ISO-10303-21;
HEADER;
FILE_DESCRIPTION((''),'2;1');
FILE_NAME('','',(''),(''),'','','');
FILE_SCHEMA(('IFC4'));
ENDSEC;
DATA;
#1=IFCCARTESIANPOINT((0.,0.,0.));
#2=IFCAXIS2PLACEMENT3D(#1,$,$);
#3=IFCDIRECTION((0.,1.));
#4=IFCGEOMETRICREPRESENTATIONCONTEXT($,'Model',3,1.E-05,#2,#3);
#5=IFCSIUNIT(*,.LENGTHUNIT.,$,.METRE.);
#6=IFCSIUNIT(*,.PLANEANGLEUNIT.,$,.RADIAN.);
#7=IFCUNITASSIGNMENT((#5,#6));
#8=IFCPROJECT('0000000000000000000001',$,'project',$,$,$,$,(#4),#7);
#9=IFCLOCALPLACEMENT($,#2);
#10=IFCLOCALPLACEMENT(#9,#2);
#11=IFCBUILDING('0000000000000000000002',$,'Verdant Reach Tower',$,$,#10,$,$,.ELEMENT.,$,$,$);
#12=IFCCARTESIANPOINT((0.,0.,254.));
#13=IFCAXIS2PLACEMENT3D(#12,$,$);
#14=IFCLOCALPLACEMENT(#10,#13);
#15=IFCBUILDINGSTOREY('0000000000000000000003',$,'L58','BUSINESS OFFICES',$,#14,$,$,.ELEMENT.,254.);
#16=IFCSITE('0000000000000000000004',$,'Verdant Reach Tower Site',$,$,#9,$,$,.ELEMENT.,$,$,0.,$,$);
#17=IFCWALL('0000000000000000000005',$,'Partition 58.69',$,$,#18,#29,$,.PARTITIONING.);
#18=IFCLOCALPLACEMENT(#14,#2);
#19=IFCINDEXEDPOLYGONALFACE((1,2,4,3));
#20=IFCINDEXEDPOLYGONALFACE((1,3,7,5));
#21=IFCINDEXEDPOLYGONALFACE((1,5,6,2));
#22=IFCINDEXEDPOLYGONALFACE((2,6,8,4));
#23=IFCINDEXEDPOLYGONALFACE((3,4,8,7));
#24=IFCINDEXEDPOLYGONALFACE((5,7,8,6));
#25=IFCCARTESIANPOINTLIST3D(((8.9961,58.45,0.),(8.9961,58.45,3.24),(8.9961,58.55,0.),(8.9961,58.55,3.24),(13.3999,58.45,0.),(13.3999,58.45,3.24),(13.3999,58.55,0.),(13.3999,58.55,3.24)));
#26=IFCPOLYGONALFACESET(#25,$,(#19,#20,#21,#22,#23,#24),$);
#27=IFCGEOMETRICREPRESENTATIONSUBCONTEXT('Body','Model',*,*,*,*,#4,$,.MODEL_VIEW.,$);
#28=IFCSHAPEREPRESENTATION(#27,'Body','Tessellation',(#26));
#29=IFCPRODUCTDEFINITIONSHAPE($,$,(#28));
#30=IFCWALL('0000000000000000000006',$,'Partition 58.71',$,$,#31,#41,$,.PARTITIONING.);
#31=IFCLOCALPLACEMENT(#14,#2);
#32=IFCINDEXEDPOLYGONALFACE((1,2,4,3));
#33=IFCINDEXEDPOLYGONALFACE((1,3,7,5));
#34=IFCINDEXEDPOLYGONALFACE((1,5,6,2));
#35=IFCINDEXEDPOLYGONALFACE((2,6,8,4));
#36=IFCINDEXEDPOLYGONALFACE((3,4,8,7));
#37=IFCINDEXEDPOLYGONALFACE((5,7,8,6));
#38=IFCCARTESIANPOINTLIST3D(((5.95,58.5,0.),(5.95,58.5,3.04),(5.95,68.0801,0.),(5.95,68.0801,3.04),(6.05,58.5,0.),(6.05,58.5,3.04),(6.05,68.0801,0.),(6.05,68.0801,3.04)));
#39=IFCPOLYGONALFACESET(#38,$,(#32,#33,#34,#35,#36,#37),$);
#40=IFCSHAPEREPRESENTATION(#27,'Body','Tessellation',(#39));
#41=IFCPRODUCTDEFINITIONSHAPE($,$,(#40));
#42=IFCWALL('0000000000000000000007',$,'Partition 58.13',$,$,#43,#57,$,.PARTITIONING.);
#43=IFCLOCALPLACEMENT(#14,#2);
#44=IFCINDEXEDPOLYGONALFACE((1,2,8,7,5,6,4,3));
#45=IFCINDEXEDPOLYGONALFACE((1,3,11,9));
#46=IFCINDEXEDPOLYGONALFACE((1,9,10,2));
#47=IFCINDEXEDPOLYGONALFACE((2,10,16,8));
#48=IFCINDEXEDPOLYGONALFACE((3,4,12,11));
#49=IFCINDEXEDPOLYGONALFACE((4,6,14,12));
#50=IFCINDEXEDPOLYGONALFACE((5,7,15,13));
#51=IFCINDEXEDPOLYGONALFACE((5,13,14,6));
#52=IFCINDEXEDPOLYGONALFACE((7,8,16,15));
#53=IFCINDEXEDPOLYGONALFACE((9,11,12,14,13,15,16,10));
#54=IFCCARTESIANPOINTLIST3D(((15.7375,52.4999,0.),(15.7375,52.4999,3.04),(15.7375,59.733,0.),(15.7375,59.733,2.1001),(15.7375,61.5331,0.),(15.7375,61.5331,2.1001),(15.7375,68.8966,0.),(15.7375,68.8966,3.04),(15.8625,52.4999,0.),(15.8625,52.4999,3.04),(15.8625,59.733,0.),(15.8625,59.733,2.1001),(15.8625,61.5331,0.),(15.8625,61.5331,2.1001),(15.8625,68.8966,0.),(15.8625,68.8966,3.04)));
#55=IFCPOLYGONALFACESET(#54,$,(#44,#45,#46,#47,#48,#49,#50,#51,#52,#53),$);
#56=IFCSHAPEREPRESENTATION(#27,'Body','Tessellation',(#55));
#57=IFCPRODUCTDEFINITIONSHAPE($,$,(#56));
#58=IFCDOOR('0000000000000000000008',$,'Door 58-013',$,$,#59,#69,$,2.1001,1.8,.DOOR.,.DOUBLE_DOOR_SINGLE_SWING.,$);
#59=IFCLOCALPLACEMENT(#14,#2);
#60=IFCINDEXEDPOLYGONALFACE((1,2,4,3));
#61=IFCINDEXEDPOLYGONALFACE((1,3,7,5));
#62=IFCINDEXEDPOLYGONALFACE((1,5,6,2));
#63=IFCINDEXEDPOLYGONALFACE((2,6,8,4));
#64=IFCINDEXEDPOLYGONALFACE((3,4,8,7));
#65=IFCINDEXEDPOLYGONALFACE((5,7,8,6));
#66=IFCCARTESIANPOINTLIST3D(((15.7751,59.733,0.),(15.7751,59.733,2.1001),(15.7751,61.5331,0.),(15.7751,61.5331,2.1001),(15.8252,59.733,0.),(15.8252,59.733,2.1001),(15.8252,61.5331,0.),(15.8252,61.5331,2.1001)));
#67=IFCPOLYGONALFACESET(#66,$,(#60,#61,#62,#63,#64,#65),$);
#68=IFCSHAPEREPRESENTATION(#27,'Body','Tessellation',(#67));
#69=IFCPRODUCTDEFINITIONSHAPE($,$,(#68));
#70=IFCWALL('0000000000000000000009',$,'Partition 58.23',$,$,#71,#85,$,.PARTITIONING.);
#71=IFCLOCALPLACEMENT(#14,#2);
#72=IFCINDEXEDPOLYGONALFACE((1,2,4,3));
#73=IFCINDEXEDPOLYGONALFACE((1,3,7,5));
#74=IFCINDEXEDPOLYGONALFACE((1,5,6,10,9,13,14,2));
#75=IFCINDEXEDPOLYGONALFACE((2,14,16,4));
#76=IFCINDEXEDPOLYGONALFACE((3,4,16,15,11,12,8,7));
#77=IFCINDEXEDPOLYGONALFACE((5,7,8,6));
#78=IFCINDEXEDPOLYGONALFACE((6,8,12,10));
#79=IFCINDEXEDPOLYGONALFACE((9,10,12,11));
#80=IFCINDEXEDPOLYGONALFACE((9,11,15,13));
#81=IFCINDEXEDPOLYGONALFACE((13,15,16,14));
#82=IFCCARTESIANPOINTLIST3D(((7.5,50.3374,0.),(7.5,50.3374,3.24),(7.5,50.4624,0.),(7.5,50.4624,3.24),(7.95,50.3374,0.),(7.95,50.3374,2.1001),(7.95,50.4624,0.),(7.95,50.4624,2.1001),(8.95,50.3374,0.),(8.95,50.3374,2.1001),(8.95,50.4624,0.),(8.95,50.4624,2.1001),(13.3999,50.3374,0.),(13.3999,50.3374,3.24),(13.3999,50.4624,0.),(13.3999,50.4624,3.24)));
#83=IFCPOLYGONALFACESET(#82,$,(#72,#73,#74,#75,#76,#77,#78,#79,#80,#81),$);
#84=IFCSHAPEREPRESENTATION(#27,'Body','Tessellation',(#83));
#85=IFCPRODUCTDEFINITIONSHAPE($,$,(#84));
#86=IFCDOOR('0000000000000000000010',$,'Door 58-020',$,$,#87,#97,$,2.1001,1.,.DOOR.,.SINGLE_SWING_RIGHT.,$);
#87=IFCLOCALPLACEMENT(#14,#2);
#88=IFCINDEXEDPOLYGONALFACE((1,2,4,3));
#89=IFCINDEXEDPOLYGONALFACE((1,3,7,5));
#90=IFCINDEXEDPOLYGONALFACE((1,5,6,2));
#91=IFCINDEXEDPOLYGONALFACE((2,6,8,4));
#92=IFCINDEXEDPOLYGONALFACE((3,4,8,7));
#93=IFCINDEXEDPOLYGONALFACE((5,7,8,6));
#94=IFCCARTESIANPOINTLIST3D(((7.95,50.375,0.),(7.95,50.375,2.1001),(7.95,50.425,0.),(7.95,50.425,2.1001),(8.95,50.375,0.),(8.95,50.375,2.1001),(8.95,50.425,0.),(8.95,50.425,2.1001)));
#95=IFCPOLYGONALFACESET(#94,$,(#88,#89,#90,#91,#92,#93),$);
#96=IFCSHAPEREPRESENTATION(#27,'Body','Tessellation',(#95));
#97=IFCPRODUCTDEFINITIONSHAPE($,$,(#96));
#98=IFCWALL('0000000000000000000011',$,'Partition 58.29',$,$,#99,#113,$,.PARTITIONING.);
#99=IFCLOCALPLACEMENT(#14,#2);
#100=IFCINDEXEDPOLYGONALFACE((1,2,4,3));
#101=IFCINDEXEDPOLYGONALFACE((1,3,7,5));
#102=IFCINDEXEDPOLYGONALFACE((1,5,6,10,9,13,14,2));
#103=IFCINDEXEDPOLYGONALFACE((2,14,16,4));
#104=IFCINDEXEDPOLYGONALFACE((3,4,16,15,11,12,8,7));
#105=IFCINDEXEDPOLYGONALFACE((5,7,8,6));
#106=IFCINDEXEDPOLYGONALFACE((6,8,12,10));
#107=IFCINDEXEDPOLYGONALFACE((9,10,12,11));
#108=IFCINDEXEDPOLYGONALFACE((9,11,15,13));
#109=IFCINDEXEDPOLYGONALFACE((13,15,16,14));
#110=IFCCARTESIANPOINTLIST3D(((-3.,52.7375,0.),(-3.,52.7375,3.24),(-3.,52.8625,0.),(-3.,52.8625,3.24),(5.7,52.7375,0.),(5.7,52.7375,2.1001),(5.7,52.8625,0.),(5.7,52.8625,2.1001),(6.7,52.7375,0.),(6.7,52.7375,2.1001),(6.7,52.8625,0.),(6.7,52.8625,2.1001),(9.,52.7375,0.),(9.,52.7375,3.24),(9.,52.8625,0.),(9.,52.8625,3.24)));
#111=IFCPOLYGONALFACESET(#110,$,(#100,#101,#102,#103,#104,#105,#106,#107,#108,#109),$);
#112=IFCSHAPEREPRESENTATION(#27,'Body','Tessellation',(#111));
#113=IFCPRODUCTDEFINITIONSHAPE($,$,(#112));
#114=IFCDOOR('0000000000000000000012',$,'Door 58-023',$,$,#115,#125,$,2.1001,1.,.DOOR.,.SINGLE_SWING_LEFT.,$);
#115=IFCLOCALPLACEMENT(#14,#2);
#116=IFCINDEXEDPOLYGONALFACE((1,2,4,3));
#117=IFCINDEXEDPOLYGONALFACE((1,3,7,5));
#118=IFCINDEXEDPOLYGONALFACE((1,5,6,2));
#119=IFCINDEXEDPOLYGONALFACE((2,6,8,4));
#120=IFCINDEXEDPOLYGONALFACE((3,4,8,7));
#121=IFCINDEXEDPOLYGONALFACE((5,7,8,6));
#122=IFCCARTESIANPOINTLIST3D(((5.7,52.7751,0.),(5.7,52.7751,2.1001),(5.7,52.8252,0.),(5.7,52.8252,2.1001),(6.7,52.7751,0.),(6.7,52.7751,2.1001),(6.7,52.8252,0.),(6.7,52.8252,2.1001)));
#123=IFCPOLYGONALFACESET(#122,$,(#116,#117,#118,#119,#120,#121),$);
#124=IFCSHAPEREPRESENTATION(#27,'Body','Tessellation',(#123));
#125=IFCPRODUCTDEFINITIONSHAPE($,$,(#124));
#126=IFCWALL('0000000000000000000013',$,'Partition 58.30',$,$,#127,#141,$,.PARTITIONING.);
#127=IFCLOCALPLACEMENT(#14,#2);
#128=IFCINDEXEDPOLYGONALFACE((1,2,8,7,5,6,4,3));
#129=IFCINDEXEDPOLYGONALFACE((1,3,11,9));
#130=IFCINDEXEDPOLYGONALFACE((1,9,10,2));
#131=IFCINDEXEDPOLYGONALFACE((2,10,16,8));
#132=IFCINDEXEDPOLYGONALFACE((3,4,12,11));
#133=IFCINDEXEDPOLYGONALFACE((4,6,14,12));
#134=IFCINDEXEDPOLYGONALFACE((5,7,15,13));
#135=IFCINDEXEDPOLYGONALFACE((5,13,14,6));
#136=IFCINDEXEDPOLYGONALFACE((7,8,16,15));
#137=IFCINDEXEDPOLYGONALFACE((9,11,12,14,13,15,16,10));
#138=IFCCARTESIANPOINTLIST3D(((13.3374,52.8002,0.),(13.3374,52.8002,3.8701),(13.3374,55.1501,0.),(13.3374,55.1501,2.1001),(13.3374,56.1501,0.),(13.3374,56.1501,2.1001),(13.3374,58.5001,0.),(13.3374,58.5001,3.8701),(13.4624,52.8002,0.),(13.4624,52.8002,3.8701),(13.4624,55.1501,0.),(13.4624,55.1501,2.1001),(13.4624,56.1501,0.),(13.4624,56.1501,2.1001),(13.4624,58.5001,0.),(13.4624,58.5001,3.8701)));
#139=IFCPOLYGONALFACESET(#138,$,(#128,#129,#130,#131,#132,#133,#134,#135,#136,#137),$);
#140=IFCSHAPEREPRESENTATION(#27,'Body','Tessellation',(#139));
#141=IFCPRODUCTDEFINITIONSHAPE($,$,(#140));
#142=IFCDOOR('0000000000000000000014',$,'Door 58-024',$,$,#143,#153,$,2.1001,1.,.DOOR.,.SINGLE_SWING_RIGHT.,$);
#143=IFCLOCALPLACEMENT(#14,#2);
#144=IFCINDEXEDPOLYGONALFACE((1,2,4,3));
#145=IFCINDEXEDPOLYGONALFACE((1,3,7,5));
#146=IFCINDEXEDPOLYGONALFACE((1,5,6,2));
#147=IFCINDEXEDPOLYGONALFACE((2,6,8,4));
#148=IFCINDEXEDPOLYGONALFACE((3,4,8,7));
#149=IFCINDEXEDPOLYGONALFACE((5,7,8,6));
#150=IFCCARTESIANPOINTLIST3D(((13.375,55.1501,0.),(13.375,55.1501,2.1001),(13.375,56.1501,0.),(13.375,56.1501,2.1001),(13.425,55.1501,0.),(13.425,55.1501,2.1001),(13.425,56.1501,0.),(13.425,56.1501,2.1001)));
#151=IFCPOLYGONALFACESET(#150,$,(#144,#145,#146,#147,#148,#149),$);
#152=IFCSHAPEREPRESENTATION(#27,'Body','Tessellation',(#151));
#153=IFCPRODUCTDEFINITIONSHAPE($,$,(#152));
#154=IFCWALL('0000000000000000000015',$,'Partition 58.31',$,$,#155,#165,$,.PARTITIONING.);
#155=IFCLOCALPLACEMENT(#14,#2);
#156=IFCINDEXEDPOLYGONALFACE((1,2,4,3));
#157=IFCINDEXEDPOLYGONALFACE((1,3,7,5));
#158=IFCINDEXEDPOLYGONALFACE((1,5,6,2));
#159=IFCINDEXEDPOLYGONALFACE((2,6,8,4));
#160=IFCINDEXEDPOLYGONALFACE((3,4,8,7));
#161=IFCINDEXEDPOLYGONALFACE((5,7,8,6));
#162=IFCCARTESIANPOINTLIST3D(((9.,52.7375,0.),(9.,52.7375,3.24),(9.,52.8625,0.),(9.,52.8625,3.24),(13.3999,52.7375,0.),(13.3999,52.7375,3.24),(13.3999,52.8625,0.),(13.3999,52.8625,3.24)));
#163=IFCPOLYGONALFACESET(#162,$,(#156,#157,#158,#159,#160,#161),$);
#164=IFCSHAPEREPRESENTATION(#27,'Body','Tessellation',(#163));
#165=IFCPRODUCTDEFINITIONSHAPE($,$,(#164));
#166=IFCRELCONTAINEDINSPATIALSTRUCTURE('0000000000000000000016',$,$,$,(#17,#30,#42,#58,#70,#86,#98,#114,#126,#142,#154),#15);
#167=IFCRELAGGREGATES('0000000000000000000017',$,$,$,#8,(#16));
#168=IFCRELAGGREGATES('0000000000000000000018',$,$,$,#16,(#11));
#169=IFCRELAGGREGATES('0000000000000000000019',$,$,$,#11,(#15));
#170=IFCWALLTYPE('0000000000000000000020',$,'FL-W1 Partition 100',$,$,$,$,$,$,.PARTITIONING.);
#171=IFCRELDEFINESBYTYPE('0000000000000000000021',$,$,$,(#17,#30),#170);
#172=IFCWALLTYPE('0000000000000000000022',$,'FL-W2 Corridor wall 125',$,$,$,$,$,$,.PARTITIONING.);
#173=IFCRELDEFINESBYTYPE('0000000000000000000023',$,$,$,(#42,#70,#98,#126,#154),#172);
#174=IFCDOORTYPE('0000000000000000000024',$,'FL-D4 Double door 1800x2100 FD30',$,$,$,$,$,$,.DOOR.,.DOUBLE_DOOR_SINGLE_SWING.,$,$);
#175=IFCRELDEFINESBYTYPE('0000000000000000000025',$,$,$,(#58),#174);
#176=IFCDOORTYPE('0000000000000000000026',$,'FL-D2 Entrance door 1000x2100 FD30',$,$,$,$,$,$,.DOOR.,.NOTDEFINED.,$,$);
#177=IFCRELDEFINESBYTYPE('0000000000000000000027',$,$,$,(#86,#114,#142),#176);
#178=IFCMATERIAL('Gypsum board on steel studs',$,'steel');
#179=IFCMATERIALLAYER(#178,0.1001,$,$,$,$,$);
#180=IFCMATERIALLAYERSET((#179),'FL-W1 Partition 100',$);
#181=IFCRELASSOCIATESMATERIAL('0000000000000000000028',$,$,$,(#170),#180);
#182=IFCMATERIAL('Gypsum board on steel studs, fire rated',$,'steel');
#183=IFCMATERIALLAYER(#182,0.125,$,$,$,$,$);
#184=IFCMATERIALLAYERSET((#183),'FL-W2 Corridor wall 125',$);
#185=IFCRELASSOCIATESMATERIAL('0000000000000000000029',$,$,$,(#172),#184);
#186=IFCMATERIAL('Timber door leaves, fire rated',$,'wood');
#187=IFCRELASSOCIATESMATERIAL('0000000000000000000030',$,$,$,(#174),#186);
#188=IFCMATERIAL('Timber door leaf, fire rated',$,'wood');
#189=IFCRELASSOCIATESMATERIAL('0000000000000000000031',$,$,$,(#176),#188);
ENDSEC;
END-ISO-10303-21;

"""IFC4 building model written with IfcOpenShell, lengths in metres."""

from ifc_helpers import new_model, si_unit, direction, frame, frame_2d, origin, place, context, subcontext, project, spatial, rectangle, extrude, material, layer, layer_set, type_object, element, fill, save


model = new_model("IFC4")

# Units and contexts
model_context = context("Model", 3, precision=1e-05, world=origin(), true_north=direction((0.0, 1.0)))
body_context = subcontext(model_context, "Body", "Model", "MODEL_VIEW")
ifc_project = project(units=[si_unit("LENGTHUNIT", "METRE"), si_unit("PLANEANGLEUNIT", "RADIAN")], contexts=[model_context])

# Site, building, storey
site_placement = place(None, origin())
site = spatial("IfcSite", under=ifc_project, at=site_placement, Name="Verdant Reach Tower Site", CompositionType="ELEMENT", RefElevation=0.0)
building_placement = place(site_placement, origin())
building = spatial("IfcBuilding", under=site, at=building_placement, Name="Verdant Reach Tower", CompositionType="ELEMENT")
storey_placement = place(building_placement, frame((0.0, 0.0, 254.0)))
storey = spatial("IfcBuildingStorey", under=building, at=storey_placement, Name="L58", Description="BUSINESS OFFICES", CompositionType="ELEMENT", Elevation=254.0)

# Walls
ifc_material_1 = material(Name="Gypsum board on steel studs", Category="steel")
ifc_layer_1 = layer(ifc_material_1, 0.1001)
ifc_layer_set_1 = layer_set([ifc_layer_1], Name="FL-W1 Partition 100")
wall_type_1 = type_object("IfcWallType", Name="FL-W1 Partition 100", PredefinedType="PARTITIONING", material=ifc_layer_set_1)
wall_1_placement = place(storey_placement, frame((13.3999, 58.5, 0.0), z_axis=(0.0, 0.0, 1.0), x_axis=(-1.0, 0.0, 0.0)))
element("IfcWall", 1, at=wall_1_placement, inside=storey, type_object=wall_type_1, Name="Partition 58.69", PredefinedType="PARTITIONING", context=body_context, shape_type="SweptSolid", body=[
    extrude(rectangle(XDim=4.4038, YDim=0.1001, at=frame_2d((2.2019, 0.0))), origin(), (0.0, 0.0, 1.0), 3.24),
])
wall_2_placement = place(storey_placement, frame((6.0, 58.5, 0.0), z_axis=(0.0, 0.0, 1.0), x_axis=(0.0, 1.0, 0.0)))
element("IfcWall", 2, at=wall_2_placement, inside=storey, type_object=wall_type_1, Name="Partition 58.71", PredefinedType="PARTITIONING", context=body_context, shape_type="SweptSolid", body=[
    extrude(rectangle(XDim=9.5801, YDim=0.1001, at=frame_2d((4.79, 0.0))), origin(), (0.0, 0.0, 1.0), 3.04),
])

# Walls, openings, doors
ifc_material_2 = material(Name="Gypsum board on steel studs, fire rated", Category="steel")
ifc_layer_2 = layer(ifc_material_2, 0.125)
ifc_layer_set_2 = layer_set([ifc_layer_2], Name="FL-W2 Corridor wall 125")
wall_type_2 = type_object("IfcWallType", Name="FL-W2 Corridor wall 125", PredefinedType="PARTITIONING", material=ifc_layer_set_2)
wall_3_placement = place(storey_placement, frame((15.8, 52.5, 0.0), z_axis=(0.0, 0.0, 1.0), x_axis=(0.0, 1.0, 0.0)))
wall_3 = element("IfcWall", 3, at=wall_3_placement, inside=storey, type_object=wall_type_2, Name="Partition 58.13", PredefinedType="PARTITIONING", context=body_context, shape_type="SweptSolid", body=[
    extrude(rectangle(XDim=16.3967, YDim=0.125, at=frame_2d((8.1982, 0.0))), origin(), (0.0, 0.0, 1.0), 3.04),
])
opening_1_placement = place(wall_3_placement, frame((7.2332, 0.0, 0.0)))
opening_1 = element("IfcOpeningElement", 4, at=opening_1_placement, cuts=wall_3, PredefinedType="OPENING", context=body_context, shape_type="SweptSolid", body=[
    extrude(rectangle(XDim=1.8, YDim=2.1001, at=frame_2d((0.8999, 1.05))), frame((0.0, 0.0725, 0.0), z_axis=(0.0, -1.0, 0.0), x_axis=(1.0, 0.0, 0.0)), (0.0, 0.0, 1.0), 0.145),
])
ifc_material_3 = material(Name="Timber door leaves, fire rated", Category="wood")
door_type_1 = type_object("IfcDoorType", Name="FL-D4 Double door 1800x2100 FD30", OperationType="DOUBLE_DOOR_SINGLE_SWING", PredefinedType="DOOR", material=ifc_material_3)
door_1_placement = place(opening_1_placement, origin())
door_1 = element("IfcDoor", 5, at=door_1_placement, inside=storey, type_object=door_type_1, Name="Door 58-013", OperationType="DOUBLE_DOOR_SINGLE_SWING", OverallHeight=2.1001, OverallWidth=1.8, PredefinedType="DOOR", context=body_context, shape_type="SweptSolid", body=[
    extrude(rectangle(XDim=1.8, YDim=2.1001, at=frame_2d((0.8999, 1.05))), frame((0.0, 0.0249, 0.0), z_axis=(0.0, -1.0, 0.0), x_axis=(1.0, 0.0, 0.0)), (0.0, 0.0, 1.0), 0.05),
])
fill(opening_1, door_1)
wall_4_placement = place(storey_placement, frame((13.3999, 50.3999, 0.0), z_axis=(0.0, 0.0, 1.0), x_axis=(-1.0, 0.0, 0.0)))
wall_4 = element("IfcWall", 6, at=wall_4_placement, inside=storey, type_object=wall_type_2, Name="Partition 58.23", PredefinedType="PARTITIONING", context=body_context, shape_type="SweptSolid", body=[
    extrude(rectangle(XDim=5.8999, YDim=0.125, at=frame_2d((2.95, 0.0))), origin(), (0.0, 0.0, 1.0), 3.24),
])
opening_2_placement = place(wall_4_placement, frame((4.45, 0.0, 0.0)))
opening_2 = element("IfcOpeningElement", 7, at=opening_2_placement, cuts=wall_4, PredefinedType="OPENING", context=body_context, shape_type="SweptSolid", body=[
    extrude(rectangle(XDim=1.0, YDim=2.1001, at=frame_2d((0.5, 1.05))), frame((0.0, 0.0725, 0.0), z_axis=(0.0, -1.0, 0.0), x_axis=(1.0, 0.0, 0.0)), (0.0, 0.0, 1.0), 0.145),
])
ifc_material_4 = material(Name="Timber door leaf, fire rated", Category="wood")
door_type_2 = type_object("IfcDoorType", Name="FL-D2 Entrance door 1000x2100 FD30", OperationType="NOTDEFINED", PredefinedType="DOOR", material=ifc_material_4)
door_2_placement = place(opening_2_placement, origin())
door_2 = element("IfcDoor", 8, at=door_2_placement, inside=storey, type_object=door_type_2, Name="Door 58-020", OperationType="SINGLE_SWING_RIGHT", OverallHeight=2.1001, OverallWidth=1.0, PredefinedType="DOOR", context=body_context, shape_type="SweptSolid", body=[
    extrude(rectangle(XDim=1.0, YDim=2.1001, at=frame_2d((0.5, 1.05))), frame((0.0, 0.0249, 0.0), z_axis=(0.0, -1.0, 0.0), x_axis=(1.0, 0.0, 0.0)), (0.0, 0.0, 1.0), 0.05),
])
fill(opening_2, door_2)
wall_5_placement = place(storey_placement, frame((9.0, 52.8, 0.0), z_axis=(0.0, 0.0, 1.0), x_axis=(-1.0, 0.0, 0.0)))
wall_5 = element("IfcWall", 9, at=wall_5_placement, inside=storey, type_object=wall_type_2, Name="Partition 58.29", PredefinedType="PARTITIONING", context=body_context, shape_type="SweptSolid", body=[
    extrude(rectangle(XDim=12.0, YDim=0.125, at=frame_2d((6.0, 0.0))), origin(), (0.0, 0.0, 1.0), 3.24),
])
opening_3_placement = place(wall_5_placement, frame((2.3, 0.0, 0.0)))
opening_3 = element("IfcOpeningElement", 10, at=opening_3_placement, cuts=wall_5, PredefinedType="OPENING", context=body_context, shape_type="SweptSolid", body=[
    extrude(rectangle(XDim=1.0, YDim=2.1001, at=frame_2d((0.5, 1.05))), frame((0.0, 0.0725, 0.0), z_axis=(0.0, -1.0, 0.0), x_axis=(1.0, 0.0, 0.0)), (0.0, 0.0, 1.0), 0.145),
])
door_3_placement = place(opening_3_placement, origin())
door_3 = element("IfcDoor", 11, at=door_3_placement, inside=storey, type_object=door_type_2, Name="Door 58-023", OperationType="SINGLE_SWING_LEFT", OverallHeight=2.1001, OverallWidth=1.0, PredefinedType="DOOR", context=body_context, shape_type="SweptSolid", body=[
    extrude(rectangle(XDim=1.0, YDim=2.1001, at=frame_2d((0.5, 1.05))), frame((0.0, 0.0249, 0.0), z_axis=(0.0, -1.0, 0.0), x_axis=(1.0, 0.0, 0.0)), (0.0, 0.0, 1.0), 0.05),
])
fill(opening_3, door_3)
wall_6_placement = place(storey_placement, frame((13.3999, 52.8, 0.0), z_axis=(0.0, 0.0, 1.0), x_axis=(0.0, 1.0, 0.0)))
wall_6 = element("IfcWall", 12, at=wall_6_placement, inside=storey, type_object=wall_type_2, Name="Partition 58.30", PredefinedType="PARTITIONING", context=body_context, shape_type="SweptSolid", body=[
    extrude(rectangle(XDim=5.7, YDim=0.125, at=frame_2d((2.8501, 0.0))), origin(), (0.0, 0.0, 1.0), 3.8701),
])
opening_4_placement = place(wall_6_placement, frame((2.3501, 0.0, 0.0)))
opening_4 = element("IfcOpeningElement", 13, at=opening_4_placement, cuts=wall_6, PredefinedType="OPENING", context=body_context, shape_type="SweptSolid", body=[
    extrude(rectangle(XDim=1.0, YDim=2.1001, at=frame_2d((0.5, 1.05))), frame((0.0, 0.0725, 0.0), z_axis=(0.0, -1.0, 0.0), x_axis=(1.0, 0.0, 0.0)), (0.0, 0.0, 1.0), 0.145),
])
door_4_placement = place(opening_4_placement, origin())
door_4 = element("IfcDoor", 14, at=door_4_placement, inside=storey, type_object=door_type_2, Name="Door 58-024", OperationType="SINGLE_SWING_RIGHT", OverallHeight=2.1001, OverallWidth=1.0, PredefinedType="DOOR", context=body_context, shape_type="SweptSolid", body=[
    extrude(rectangle(XDim=1.0, YDim=2.1001, at=frame_2d((0.5, 1.05))), frame((0.0, 0.0249, 0.0), z_axis=(0.0, -1.0, 0.0), x_axis=(1.0, 0.0, 0.0)), (0.0, 0.0, 1.0), 0.05),
])
fill(opening_4, door_4)

# Wall
wall_7_placement = place(storey_placement, frame((13.3999, 52.8, 0.0), z_axis=(0.0, 0.0, 1.0), x_axis=(-1.0, 0.0, 0.0)))
element("IfcWall", 15, at=wall_7_placement, inside=storey, type_object=wall_type_2, Name="Partition 58.31", PredefinedType="PARTITIONING", context=body_context, shape_type="SweptSolid", body=[
    extrude(rectangle(XDim=4.3999, YDim=0.125, at=frame_2d((2.2, 0.0))), origin(), (0.0, 0.0, 1.0), 3.24),
])

save(model, "model.ifc")
